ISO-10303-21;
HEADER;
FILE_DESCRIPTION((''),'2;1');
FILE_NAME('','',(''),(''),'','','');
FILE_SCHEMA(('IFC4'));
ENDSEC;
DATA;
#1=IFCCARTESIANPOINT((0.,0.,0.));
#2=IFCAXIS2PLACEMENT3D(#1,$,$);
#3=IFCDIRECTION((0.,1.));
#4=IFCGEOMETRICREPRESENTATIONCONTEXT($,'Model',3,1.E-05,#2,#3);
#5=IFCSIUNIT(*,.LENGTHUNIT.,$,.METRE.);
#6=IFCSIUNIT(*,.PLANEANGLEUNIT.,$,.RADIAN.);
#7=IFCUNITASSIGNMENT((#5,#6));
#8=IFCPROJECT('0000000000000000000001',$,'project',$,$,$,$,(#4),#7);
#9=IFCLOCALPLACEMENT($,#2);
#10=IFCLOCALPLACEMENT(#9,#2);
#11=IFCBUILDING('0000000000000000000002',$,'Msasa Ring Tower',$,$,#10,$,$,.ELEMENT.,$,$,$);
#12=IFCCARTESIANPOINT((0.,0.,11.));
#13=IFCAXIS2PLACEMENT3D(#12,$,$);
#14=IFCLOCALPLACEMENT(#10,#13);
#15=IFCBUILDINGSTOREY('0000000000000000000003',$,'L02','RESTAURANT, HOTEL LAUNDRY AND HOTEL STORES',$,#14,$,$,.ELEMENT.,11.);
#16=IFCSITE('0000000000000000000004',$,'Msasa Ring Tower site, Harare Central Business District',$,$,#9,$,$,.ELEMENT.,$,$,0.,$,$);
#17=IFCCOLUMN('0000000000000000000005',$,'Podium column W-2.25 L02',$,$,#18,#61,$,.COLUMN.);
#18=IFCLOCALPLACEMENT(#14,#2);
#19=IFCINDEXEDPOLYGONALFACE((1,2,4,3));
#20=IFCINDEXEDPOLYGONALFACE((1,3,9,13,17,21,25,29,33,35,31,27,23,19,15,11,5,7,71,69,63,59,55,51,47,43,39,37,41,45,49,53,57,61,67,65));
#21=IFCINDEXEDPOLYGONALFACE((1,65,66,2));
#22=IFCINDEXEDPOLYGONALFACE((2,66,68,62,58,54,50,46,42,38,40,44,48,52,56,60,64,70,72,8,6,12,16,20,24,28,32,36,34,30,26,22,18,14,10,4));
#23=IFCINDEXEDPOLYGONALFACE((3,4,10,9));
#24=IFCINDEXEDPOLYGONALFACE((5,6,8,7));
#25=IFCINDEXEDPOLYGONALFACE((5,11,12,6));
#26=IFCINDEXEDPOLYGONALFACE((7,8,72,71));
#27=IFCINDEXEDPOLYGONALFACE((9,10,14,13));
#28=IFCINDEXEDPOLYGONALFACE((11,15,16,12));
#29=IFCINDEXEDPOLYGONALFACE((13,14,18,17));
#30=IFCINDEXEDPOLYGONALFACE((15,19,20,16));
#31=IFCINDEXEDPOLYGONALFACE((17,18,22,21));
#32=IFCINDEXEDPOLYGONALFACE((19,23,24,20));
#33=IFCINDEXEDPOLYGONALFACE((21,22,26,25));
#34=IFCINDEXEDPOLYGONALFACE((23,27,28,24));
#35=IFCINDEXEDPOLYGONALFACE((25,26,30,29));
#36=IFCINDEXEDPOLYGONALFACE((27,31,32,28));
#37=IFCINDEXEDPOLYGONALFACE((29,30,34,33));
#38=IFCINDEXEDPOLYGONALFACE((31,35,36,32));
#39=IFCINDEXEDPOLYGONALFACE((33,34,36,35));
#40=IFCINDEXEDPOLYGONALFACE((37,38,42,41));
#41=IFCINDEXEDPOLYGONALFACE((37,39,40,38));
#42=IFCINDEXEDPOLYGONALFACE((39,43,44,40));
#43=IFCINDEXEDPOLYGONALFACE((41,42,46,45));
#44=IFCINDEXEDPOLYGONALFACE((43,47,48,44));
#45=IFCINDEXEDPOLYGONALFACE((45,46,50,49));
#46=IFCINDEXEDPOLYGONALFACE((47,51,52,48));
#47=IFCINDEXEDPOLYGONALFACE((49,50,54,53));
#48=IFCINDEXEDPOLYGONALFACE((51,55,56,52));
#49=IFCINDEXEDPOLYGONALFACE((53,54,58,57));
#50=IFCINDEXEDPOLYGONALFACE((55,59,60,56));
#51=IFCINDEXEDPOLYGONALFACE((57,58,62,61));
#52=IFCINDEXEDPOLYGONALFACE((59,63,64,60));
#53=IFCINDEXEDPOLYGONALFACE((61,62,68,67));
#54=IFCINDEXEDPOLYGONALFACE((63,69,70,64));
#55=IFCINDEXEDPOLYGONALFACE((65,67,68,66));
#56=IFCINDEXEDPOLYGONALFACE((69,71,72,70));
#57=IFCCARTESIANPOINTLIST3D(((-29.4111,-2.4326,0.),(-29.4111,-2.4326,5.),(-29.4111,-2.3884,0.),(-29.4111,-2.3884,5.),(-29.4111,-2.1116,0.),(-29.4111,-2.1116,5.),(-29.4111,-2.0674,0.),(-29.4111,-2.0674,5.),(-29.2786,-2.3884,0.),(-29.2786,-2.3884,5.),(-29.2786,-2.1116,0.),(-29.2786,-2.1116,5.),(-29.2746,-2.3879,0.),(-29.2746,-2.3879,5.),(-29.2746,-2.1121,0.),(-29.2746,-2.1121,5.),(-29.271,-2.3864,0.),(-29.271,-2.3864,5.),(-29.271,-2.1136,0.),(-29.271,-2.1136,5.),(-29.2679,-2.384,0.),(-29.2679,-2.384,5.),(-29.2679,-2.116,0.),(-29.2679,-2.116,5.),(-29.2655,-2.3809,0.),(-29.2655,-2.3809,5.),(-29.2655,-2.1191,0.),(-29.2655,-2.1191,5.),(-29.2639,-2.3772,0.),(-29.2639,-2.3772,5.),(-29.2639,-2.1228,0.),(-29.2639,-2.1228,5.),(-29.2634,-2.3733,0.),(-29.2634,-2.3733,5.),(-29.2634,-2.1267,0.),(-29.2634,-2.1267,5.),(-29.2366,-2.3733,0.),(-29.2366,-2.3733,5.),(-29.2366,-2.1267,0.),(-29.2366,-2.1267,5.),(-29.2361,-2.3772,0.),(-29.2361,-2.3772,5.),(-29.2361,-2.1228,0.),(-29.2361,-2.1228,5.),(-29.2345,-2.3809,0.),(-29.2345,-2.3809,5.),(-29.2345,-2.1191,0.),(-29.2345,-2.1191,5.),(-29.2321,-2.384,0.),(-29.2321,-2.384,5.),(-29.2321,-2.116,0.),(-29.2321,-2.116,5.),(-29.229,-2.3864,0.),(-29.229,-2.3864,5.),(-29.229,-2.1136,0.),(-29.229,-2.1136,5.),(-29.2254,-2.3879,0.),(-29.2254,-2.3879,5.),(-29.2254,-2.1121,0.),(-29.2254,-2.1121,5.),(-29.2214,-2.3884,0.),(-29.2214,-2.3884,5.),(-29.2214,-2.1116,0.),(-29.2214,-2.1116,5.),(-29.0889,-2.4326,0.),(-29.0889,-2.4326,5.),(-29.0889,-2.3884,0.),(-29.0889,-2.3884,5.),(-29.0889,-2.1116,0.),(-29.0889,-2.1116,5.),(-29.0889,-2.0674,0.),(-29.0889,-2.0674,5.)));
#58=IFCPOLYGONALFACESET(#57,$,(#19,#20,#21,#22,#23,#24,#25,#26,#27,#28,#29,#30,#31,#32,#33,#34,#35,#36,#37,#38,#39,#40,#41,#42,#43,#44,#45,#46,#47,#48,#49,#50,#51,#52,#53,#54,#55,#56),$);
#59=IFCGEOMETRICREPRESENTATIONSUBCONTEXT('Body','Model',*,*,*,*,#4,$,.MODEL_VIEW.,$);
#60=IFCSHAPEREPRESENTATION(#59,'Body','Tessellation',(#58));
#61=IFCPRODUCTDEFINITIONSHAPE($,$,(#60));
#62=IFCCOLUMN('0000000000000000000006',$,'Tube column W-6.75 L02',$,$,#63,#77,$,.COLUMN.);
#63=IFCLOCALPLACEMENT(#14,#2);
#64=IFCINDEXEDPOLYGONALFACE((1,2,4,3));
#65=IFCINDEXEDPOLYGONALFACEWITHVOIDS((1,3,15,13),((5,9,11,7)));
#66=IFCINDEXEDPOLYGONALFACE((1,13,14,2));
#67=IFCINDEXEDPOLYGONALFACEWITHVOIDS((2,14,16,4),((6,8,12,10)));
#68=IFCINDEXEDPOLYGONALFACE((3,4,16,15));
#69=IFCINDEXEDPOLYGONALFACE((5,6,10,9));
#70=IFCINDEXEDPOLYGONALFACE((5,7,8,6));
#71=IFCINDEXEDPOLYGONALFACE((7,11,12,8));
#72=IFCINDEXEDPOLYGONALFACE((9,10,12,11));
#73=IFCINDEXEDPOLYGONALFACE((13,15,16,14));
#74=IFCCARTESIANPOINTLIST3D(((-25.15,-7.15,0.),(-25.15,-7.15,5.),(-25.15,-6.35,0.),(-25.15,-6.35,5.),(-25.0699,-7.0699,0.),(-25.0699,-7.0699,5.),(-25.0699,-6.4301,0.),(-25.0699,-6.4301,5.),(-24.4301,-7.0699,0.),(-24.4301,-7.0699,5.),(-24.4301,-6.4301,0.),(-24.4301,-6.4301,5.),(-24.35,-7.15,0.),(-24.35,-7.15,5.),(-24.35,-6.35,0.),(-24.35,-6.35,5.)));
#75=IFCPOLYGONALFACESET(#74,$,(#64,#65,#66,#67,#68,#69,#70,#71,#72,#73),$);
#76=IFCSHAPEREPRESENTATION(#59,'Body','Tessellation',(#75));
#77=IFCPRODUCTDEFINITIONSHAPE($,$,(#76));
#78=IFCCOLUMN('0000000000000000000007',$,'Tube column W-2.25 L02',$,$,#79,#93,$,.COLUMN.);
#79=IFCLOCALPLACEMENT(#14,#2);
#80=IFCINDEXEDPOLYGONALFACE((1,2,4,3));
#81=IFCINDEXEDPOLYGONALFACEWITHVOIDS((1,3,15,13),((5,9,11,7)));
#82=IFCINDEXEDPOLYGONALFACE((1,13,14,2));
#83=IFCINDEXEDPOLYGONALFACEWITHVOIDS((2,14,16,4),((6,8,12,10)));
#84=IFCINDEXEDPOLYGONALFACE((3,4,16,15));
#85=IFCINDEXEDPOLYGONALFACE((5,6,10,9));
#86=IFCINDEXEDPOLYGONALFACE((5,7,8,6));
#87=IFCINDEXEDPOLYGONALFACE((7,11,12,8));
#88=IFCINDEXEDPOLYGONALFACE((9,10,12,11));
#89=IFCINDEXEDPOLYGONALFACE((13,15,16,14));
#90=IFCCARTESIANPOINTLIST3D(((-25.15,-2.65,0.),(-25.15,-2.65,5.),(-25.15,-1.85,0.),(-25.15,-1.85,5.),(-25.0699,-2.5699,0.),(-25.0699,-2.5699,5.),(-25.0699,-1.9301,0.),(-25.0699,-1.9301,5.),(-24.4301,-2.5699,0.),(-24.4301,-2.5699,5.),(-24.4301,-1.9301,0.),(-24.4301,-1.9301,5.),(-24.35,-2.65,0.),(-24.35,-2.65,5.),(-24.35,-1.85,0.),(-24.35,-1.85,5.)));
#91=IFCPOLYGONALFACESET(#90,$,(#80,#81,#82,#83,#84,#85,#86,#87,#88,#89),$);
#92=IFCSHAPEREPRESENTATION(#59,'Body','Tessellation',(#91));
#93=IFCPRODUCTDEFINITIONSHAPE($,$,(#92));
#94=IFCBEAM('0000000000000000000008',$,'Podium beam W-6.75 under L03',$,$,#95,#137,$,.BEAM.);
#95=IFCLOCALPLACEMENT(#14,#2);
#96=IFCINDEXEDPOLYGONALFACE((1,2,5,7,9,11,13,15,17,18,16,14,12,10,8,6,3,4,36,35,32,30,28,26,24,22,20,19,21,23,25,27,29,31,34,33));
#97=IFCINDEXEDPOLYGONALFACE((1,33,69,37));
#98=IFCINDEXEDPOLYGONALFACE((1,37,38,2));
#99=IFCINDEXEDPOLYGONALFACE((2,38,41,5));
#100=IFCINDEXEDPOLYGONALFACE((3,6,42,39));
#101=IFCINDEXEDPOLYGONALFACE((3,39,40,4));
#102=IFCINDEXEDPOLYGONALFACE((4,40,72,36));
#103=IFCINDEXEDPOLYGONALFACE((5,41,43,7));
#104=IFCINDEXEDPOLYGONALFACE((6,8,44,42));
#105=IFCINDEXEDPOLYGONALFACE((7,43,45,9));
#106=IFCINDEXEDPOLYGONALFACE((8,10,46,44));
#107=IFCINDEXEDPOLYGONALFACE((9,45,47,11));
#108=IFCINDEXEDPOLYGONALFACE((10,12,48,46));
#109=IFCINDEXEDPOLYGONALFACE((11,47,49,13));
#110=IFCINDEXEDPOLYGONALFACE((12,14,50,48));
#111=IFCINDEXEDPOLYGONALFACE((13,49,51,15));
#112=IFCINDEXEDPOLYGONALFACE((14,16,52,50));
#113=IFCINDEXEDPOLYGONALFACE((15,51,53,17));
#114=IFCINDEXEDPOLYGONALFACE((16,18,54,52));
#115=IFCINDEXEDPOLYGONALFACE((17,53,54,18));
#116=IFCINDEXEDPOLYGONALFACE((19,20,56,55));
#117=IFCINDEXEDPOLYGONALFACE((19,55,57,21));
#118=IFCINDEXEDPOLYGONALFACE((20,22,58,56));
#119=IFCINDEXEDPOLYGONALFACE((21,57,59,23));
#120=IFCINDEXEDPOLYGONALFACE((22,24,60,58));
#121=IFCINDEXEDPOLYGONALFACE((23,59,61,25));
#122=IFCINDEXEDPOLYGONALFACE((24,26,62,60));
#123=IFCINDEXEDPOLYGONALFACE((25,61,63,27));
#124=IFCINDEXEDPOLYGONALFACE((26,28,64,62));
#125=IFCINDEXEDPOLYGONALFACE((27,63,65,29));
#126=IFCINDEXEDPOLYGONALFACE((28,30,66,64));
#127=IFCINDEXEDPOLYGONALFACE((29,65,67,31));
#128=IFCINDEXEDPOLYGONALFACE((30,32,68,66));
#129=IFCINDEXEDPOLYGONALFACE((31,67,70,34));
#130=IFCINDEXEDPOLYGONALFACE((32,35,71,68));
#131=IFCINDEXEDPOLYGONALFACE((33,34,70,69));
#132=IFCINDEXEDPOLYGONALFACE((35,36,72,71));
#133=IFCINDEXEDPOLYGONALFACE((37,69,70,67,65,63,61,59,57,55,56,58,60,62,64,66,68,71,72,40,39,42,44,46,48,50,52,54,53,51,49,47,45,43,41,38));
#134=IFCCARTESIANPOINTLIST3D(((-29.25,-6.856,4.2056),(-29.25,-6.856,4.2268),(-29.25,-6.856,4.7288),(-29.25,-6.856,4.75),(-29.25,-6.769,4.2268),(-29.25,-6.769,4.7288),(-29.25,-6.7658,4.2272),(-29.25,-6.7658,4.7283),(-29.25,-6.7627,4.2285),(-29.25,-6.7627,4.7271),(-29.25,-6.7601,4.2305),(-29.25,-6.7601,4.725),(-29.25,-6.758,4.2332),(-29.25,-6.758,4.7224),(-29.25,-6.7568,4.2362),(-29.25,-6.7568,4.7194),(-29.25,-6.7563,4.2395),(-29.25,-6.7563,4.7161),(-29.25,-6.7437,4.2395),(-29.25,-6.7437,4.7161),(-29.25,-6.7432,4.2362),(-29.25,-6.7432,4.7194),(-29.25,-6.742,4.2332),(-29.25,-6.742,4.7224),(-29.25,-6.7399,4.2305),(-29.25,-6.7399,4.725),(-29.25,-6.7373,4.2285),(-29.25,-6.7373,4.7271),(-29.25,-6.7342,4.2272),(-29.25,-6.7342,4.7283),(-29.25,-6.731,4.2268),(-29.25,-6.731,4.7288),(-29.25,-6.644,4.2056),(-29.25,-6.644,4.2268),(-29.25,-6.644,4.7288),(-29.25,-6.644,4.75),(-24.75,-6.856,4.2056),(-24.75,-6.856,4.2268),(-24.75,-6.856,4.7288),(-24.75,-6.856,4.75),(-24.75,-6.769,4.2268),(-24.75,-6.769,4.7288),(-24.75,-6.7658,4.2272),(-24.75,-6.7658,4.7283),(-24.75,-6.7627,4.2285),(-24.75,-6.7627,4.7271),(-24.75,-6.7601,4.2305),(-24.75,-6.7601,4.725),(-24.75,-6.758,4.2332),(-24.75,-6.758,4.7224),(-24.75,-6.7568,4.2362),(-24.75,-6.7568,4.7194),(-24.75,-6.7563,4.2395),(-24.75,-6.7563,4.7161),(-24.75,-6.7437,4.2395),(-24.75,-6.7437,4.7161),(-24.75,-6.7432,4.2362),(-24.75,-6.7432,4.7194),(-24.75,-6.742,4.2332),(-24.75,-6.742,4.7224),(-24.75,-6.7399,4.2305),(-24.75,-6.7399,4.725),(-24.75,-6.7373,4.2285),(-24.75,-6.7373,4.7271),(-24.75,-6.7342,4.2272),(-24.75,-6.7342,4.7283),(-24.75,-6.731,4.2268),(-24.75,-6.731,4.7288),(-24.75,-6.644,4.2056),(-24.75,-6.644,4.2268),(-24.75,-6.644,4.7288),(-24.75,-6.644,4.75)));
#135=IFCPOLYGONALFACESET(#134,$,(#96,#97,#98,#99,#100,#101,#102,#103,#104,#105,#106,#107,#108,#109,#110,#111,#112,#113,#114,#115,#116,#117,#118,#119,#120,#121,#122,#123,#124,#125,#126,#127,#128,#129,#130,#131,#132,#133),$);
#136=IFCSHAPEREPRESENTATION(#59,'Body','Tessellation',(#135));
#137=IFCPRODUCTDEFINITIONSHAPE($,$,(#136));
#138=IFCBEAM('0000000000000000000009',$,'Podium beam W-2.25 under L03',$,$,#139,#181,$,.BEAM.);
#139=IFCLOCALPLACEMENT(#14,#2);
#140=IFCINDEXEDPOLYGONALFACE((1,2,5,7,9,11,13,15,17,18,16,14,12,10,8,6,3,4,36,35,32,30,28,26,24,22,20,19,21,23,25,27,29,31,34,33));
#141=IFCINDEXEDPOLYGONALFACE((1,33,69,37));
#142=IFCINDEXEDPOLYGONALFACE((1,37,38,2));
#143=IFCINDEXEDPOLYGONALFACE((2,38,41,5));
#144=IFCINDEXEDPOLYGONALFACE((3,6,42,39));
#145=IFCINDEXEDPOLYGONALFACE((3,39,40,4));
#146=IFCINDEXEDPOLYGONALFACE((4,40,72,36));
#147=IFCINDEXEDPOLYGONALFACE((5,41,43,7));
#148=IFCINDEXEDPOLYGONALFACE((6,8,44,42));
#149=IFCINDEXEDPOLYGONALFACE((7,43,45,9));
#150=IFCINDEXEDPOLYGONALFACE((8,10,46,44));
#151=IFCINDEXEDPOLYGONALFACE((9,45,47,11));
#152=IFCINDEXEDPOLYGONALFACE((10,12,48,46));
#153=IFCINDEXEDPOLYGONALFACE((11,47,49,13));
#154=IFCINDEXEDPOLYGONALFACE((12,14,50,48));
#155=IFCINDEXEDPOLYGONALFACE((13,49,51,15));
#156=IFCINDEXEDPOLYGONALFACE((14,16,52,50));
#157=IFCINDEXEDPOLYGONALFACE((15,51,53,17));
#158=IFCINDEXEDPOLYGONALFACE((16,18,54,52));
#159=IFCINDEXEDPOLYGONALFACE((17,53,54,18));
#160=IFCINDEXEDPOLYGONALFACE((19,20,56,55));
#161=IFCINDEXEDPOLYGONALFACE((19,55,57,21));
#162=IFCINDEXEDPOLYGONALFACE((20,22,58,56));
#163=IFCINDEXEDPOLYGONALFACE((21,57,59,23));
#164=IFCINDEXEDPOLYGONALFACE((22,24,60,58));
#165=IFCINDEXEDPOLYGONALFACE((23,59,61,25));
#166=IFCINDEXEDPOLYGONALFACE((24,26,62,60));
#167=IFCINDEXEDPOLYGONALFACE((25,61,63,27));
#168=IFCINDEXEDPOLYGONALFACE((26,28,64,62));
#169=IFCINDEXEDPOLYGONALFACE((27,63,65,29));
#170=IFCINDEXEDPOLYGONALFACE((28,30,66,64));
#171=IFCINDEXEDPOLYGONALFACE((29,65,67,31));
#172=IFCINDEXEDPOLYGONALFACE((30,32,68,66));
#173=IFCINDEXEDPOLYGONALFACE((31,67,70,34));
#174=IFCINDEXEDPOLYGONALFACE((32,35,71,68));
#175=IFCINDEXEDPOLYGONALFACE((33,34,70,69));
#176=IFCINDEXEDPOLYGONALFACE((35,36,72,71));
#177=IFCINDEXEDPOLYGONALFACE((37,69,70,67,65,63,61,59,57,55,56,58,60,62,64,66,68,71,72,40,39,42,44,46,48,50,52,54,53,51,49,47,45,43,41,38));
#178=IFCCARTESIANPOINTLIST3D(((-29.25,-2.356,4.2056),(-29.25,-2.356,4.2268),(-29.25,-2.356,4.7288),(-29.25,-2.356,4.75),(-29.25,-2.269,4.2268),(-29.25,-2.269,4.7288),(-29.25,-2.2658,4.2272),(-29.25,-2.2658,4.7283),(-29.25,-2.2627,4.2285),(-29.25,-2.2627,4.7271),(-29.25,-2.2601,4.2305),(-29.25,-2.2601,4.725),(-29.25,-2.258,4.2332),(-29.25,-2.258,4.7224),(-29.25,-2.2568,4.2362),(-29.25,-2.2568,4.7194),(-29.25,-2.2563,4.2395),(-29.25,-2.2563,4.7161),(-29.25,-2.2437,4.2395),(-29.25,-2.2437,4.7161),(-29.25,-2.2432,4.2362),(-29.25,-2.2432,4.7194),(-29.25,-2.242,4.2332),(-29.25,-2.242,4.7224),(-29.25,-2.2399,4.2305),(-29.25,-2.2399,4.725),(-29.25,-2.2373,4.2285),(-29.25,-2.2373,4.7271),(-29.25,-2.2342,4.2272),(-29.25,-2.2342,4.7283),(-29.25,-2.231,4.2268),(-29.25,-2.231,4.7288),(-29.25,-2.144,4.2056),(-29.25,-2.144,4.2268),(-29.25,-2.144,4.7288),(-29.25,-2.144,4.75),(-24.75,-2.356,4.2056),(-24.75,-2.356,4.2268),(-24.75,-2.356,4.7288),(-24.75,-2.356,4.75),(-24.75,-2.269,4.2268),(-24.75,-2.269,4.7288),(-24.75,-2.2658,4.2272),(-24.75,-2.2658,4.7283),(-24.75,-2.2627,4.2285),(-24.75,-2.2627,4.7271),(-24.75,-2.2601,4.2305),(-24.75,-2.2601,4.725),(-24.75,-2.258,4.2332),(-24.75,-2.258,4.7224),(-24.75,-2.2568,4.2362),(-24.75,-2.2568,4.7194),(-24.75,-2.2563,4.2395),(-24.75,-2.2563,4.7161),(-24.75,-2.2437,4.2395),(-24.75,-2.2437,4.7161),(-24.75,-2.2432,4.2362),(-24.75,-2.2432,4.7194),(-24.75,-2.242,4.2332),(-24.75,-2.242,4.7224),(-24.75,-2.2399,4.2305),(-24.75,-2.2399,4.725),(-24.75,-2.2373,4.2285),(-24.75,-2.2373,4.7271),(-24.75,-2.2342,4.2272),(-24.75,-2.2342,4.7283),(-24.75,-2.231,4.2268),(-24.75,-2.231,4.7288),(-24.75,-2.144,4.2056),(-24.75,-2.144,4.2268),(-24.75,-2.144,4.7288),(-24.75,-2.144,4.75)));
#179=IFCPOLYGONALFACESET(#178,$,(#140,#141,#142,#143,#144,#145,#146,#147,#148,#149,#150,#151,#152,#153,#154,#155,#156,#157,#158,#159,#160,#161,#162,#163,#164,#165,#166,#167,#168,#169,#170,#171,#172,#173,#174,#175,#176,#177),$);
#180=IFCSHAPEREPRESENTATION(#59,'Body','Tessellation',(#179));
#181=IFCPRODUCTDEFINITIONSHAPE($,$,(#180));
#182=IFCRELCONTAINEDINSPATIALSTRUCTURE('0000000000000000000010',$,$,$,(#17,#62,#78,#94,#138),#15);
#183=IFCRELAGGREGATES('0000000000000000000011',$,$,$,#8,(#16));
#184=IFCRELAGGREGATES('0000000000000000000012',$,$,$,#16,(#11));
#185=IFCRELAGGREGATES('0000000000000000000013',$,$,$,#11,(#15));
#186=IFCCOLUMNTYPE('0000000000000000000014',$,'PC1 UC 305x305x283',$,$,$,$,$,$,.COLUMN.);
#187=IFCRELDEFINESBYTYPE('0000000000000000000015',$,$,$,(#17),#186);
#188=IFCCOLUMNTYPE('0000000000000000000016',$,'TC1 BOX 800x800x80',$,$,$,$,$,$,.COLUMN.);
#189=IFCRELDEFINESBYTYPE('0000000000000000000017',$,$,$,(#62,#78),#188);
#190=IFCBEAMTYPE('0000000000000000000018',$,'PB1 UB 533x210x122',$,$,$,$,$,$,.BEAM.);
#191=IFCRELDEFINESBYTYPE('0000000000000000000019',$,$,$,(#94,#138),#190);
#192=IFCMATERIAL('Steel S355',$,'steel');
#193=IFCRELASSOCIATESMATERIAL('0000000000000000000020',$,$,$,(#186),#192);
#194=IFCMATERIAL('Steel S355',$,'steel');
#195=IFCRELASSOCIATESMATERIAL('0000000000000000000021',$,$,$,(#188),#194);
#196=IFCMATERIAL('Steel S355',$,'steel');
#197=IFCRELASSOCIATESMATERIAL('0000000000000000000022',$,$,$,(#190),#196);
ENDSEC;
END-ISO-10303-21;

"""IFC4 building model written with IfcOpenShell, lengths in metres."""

from ifc_helpers import new_model, si_unit, direction, frame, origin, origin_2d, place, context, subcontext, project, spatial, hollow_rectangle, i_section, extrude, material, material_profile, profile_set, type_object, element, save


model = new_model("IFC4")

# Units and contexts
model_context = context("Model", 3, precision=1e-05, world=origin(), true_north=direction((0.0, 1.0)))
body_context = subcontext(model_context, "Body", "Model", "MODEL_VIEW")
ifc_project = project(units=[si_unit("LENGTHUNIT", "METRE"), si_unit("PLANEANGLEUNIT", "RADIAN")], contexts=[model_context])

# Site, building, storey
site_placement = place(None, origin())
site = spatial("IfcSite", under=ifc_project, at=site_placement, Name="Msasa Ring Tower site, Harare Central Business District", CompositionType="ELEMENT", RefElevation=0.0)
building_placement = place(site_placement, origin())
building = spatial("IfcBuilding", under=site, at=building_placement, Name="Msasa Ring Tower", CompositionType="ELEMENT")
storey_placement = place(building_placement, frame((0.0, 0.0, 11.0)))
storey = spatial("IfcBuildingStorey", under=building, at=storey_placement, Name="L02", Description="RESTAURANT, HOTEL LAUNDRY AND HOTEL STORES", CompositionType="ELEMENT", Elevation=11.0)

# Columns
ifc_material_1 = material(Name="Steel S355", Category="steel")
ifc_material_profile_1 = material_profile(ifc_material_1, i_section(OverallWidth=0.3223, OverallDepth=0.3652, WebThickness=0.0269, FlangeThickness=0.0442, FilletRadius=0.0151, at=origin_2d()), Name="UC 305x305x283")
ifc_profile_set_1 = profile_set([ifc_material_profile_1], Name="Steel S355")
column_type_1 = type_object("IfcColumnType", Name="PC1 UC 305x305x283", PredefinedType="COLUMN", material=ifc_profile_set_1)
column_placement = place(storey_placement, frame((-29.25, -2.25, 0.0), z_axis=(0.0, 0.0, 1.0), x_axis=(1.0, 0.0, 0.0)))
element("IfcColumn", 1, at=column_placement, inside=storey, type_object=column_type_1, Name="Podium column W-2.25 L02", PredefinedType="COLUMN", context=body_context, shape_type="SweptSolid", body=[
    extrude(i_section(OverallWidth=0.3223, OverallDepth=0.3652, WebThickness=0.0269, FlangeThickness=0.0442, FilletRadius=0.0151, at=origin_2d()), origin(), (0.0, 0.0, 1.0), 5.0),
])
ifc_material_2 = material(Name="Steel S355", Category="steel")
ifc_material_profile_2 = material_profile(ifc_material_2, hollow_rectangle(XDim=0.8, YDim=0.8, WallThickness=0.0801, at=origin_2d()), Name="BOX 800x800x80")
ifc_profile_set_2 = profile_set([ifc_material_profile_2], Name="Steel S355")
column_type_2 = type_object("IfcColumnType", Name="TC1 BOX 800x800x80", PredefinedType="COLUMN", material=ifc_profile_set_2)
for number, where, z_axis, x_axis, name in (
    (2, (-24.75, -6.75, 0.0), (0.0, 0.0, 1.0), (1.0, 0.0, 0.0), "Tube column W-6.75 L02"),
    (3, (-24.75, -2.25, 0.0), (0.0, 0.0, 1.0), (1.0, 0.0, 0.0), "Tube column W-2.25 L02"),
):
    element("IfcColumn", number, at=place(storey_placement, frame(where, z_axis=z_axis, x_axis=x_axis)), inside=storey, type_object=column_type_2, Name=name, PredefinedType="COLUMN", context=body_context, shape_type="SweptSolid", body=[
        extrude(hollow_rectangle(XDim=0.8, YDim=0.8, WallThickness=0.0801, at=origin_2d()), origin(), (0.0, 0.0, 1.0), 5.0),
    ])

# Beams
ifc_material_3 = material(Name="Steel S355", Category="steel")
ifc_material_profile_3 = material_profile(ifc_material_3, i_section(OverallWidth=0.2119, OverallDepth=0.5444, WebThickness=0.0127, FlangeThickness=0.0212, FilletRadius=0.0127, at=origin_2d()), Name="UB 533x210x122")
ifc_profile_set_3 = profile_set([ifc_material_profile_3], Name="Steel S355")
beam_type_1 = type_object("IfcBeamType", Name="PB1 UB 533x210x122", PredefinedType="BEAM", material=ifc_profile_set_3)
for number, where, z_axis, x_axis, name in (
    (4, (-29.25, -6.75, 4.4778), (1.0, 0.0, 0.0), (0.0, 1.0, 0.0), "Podium beam W-6.75 under L03"),
    (5, (-29.25, -2.25, 4.4778), (1.0, 0.0, 0.0), (0.0, 1.0, 0.0), "Podium beam W-2.25 under L03"),
):
    element("IfcBeam", number, at=place(storey_placement, frame(where, z_axis=z_axis, x_axis=x_axis)), inside=storey, type_object=beam_type_1, Name=name, PredefinedType="BEAM", context=body_context, shape_type="SweptSolid", body=[
        extrude(i_section(OverallWidth=0.2119, OverallDepth=0.5444, WebThickness=0.0127, FlangeThickness=0.0212, FilletRadius=0.0127, at=origin_2d()), origin(), (0.0, 0.0, 1.0), 4.5),
    ])

save(model, "model.ifc")
